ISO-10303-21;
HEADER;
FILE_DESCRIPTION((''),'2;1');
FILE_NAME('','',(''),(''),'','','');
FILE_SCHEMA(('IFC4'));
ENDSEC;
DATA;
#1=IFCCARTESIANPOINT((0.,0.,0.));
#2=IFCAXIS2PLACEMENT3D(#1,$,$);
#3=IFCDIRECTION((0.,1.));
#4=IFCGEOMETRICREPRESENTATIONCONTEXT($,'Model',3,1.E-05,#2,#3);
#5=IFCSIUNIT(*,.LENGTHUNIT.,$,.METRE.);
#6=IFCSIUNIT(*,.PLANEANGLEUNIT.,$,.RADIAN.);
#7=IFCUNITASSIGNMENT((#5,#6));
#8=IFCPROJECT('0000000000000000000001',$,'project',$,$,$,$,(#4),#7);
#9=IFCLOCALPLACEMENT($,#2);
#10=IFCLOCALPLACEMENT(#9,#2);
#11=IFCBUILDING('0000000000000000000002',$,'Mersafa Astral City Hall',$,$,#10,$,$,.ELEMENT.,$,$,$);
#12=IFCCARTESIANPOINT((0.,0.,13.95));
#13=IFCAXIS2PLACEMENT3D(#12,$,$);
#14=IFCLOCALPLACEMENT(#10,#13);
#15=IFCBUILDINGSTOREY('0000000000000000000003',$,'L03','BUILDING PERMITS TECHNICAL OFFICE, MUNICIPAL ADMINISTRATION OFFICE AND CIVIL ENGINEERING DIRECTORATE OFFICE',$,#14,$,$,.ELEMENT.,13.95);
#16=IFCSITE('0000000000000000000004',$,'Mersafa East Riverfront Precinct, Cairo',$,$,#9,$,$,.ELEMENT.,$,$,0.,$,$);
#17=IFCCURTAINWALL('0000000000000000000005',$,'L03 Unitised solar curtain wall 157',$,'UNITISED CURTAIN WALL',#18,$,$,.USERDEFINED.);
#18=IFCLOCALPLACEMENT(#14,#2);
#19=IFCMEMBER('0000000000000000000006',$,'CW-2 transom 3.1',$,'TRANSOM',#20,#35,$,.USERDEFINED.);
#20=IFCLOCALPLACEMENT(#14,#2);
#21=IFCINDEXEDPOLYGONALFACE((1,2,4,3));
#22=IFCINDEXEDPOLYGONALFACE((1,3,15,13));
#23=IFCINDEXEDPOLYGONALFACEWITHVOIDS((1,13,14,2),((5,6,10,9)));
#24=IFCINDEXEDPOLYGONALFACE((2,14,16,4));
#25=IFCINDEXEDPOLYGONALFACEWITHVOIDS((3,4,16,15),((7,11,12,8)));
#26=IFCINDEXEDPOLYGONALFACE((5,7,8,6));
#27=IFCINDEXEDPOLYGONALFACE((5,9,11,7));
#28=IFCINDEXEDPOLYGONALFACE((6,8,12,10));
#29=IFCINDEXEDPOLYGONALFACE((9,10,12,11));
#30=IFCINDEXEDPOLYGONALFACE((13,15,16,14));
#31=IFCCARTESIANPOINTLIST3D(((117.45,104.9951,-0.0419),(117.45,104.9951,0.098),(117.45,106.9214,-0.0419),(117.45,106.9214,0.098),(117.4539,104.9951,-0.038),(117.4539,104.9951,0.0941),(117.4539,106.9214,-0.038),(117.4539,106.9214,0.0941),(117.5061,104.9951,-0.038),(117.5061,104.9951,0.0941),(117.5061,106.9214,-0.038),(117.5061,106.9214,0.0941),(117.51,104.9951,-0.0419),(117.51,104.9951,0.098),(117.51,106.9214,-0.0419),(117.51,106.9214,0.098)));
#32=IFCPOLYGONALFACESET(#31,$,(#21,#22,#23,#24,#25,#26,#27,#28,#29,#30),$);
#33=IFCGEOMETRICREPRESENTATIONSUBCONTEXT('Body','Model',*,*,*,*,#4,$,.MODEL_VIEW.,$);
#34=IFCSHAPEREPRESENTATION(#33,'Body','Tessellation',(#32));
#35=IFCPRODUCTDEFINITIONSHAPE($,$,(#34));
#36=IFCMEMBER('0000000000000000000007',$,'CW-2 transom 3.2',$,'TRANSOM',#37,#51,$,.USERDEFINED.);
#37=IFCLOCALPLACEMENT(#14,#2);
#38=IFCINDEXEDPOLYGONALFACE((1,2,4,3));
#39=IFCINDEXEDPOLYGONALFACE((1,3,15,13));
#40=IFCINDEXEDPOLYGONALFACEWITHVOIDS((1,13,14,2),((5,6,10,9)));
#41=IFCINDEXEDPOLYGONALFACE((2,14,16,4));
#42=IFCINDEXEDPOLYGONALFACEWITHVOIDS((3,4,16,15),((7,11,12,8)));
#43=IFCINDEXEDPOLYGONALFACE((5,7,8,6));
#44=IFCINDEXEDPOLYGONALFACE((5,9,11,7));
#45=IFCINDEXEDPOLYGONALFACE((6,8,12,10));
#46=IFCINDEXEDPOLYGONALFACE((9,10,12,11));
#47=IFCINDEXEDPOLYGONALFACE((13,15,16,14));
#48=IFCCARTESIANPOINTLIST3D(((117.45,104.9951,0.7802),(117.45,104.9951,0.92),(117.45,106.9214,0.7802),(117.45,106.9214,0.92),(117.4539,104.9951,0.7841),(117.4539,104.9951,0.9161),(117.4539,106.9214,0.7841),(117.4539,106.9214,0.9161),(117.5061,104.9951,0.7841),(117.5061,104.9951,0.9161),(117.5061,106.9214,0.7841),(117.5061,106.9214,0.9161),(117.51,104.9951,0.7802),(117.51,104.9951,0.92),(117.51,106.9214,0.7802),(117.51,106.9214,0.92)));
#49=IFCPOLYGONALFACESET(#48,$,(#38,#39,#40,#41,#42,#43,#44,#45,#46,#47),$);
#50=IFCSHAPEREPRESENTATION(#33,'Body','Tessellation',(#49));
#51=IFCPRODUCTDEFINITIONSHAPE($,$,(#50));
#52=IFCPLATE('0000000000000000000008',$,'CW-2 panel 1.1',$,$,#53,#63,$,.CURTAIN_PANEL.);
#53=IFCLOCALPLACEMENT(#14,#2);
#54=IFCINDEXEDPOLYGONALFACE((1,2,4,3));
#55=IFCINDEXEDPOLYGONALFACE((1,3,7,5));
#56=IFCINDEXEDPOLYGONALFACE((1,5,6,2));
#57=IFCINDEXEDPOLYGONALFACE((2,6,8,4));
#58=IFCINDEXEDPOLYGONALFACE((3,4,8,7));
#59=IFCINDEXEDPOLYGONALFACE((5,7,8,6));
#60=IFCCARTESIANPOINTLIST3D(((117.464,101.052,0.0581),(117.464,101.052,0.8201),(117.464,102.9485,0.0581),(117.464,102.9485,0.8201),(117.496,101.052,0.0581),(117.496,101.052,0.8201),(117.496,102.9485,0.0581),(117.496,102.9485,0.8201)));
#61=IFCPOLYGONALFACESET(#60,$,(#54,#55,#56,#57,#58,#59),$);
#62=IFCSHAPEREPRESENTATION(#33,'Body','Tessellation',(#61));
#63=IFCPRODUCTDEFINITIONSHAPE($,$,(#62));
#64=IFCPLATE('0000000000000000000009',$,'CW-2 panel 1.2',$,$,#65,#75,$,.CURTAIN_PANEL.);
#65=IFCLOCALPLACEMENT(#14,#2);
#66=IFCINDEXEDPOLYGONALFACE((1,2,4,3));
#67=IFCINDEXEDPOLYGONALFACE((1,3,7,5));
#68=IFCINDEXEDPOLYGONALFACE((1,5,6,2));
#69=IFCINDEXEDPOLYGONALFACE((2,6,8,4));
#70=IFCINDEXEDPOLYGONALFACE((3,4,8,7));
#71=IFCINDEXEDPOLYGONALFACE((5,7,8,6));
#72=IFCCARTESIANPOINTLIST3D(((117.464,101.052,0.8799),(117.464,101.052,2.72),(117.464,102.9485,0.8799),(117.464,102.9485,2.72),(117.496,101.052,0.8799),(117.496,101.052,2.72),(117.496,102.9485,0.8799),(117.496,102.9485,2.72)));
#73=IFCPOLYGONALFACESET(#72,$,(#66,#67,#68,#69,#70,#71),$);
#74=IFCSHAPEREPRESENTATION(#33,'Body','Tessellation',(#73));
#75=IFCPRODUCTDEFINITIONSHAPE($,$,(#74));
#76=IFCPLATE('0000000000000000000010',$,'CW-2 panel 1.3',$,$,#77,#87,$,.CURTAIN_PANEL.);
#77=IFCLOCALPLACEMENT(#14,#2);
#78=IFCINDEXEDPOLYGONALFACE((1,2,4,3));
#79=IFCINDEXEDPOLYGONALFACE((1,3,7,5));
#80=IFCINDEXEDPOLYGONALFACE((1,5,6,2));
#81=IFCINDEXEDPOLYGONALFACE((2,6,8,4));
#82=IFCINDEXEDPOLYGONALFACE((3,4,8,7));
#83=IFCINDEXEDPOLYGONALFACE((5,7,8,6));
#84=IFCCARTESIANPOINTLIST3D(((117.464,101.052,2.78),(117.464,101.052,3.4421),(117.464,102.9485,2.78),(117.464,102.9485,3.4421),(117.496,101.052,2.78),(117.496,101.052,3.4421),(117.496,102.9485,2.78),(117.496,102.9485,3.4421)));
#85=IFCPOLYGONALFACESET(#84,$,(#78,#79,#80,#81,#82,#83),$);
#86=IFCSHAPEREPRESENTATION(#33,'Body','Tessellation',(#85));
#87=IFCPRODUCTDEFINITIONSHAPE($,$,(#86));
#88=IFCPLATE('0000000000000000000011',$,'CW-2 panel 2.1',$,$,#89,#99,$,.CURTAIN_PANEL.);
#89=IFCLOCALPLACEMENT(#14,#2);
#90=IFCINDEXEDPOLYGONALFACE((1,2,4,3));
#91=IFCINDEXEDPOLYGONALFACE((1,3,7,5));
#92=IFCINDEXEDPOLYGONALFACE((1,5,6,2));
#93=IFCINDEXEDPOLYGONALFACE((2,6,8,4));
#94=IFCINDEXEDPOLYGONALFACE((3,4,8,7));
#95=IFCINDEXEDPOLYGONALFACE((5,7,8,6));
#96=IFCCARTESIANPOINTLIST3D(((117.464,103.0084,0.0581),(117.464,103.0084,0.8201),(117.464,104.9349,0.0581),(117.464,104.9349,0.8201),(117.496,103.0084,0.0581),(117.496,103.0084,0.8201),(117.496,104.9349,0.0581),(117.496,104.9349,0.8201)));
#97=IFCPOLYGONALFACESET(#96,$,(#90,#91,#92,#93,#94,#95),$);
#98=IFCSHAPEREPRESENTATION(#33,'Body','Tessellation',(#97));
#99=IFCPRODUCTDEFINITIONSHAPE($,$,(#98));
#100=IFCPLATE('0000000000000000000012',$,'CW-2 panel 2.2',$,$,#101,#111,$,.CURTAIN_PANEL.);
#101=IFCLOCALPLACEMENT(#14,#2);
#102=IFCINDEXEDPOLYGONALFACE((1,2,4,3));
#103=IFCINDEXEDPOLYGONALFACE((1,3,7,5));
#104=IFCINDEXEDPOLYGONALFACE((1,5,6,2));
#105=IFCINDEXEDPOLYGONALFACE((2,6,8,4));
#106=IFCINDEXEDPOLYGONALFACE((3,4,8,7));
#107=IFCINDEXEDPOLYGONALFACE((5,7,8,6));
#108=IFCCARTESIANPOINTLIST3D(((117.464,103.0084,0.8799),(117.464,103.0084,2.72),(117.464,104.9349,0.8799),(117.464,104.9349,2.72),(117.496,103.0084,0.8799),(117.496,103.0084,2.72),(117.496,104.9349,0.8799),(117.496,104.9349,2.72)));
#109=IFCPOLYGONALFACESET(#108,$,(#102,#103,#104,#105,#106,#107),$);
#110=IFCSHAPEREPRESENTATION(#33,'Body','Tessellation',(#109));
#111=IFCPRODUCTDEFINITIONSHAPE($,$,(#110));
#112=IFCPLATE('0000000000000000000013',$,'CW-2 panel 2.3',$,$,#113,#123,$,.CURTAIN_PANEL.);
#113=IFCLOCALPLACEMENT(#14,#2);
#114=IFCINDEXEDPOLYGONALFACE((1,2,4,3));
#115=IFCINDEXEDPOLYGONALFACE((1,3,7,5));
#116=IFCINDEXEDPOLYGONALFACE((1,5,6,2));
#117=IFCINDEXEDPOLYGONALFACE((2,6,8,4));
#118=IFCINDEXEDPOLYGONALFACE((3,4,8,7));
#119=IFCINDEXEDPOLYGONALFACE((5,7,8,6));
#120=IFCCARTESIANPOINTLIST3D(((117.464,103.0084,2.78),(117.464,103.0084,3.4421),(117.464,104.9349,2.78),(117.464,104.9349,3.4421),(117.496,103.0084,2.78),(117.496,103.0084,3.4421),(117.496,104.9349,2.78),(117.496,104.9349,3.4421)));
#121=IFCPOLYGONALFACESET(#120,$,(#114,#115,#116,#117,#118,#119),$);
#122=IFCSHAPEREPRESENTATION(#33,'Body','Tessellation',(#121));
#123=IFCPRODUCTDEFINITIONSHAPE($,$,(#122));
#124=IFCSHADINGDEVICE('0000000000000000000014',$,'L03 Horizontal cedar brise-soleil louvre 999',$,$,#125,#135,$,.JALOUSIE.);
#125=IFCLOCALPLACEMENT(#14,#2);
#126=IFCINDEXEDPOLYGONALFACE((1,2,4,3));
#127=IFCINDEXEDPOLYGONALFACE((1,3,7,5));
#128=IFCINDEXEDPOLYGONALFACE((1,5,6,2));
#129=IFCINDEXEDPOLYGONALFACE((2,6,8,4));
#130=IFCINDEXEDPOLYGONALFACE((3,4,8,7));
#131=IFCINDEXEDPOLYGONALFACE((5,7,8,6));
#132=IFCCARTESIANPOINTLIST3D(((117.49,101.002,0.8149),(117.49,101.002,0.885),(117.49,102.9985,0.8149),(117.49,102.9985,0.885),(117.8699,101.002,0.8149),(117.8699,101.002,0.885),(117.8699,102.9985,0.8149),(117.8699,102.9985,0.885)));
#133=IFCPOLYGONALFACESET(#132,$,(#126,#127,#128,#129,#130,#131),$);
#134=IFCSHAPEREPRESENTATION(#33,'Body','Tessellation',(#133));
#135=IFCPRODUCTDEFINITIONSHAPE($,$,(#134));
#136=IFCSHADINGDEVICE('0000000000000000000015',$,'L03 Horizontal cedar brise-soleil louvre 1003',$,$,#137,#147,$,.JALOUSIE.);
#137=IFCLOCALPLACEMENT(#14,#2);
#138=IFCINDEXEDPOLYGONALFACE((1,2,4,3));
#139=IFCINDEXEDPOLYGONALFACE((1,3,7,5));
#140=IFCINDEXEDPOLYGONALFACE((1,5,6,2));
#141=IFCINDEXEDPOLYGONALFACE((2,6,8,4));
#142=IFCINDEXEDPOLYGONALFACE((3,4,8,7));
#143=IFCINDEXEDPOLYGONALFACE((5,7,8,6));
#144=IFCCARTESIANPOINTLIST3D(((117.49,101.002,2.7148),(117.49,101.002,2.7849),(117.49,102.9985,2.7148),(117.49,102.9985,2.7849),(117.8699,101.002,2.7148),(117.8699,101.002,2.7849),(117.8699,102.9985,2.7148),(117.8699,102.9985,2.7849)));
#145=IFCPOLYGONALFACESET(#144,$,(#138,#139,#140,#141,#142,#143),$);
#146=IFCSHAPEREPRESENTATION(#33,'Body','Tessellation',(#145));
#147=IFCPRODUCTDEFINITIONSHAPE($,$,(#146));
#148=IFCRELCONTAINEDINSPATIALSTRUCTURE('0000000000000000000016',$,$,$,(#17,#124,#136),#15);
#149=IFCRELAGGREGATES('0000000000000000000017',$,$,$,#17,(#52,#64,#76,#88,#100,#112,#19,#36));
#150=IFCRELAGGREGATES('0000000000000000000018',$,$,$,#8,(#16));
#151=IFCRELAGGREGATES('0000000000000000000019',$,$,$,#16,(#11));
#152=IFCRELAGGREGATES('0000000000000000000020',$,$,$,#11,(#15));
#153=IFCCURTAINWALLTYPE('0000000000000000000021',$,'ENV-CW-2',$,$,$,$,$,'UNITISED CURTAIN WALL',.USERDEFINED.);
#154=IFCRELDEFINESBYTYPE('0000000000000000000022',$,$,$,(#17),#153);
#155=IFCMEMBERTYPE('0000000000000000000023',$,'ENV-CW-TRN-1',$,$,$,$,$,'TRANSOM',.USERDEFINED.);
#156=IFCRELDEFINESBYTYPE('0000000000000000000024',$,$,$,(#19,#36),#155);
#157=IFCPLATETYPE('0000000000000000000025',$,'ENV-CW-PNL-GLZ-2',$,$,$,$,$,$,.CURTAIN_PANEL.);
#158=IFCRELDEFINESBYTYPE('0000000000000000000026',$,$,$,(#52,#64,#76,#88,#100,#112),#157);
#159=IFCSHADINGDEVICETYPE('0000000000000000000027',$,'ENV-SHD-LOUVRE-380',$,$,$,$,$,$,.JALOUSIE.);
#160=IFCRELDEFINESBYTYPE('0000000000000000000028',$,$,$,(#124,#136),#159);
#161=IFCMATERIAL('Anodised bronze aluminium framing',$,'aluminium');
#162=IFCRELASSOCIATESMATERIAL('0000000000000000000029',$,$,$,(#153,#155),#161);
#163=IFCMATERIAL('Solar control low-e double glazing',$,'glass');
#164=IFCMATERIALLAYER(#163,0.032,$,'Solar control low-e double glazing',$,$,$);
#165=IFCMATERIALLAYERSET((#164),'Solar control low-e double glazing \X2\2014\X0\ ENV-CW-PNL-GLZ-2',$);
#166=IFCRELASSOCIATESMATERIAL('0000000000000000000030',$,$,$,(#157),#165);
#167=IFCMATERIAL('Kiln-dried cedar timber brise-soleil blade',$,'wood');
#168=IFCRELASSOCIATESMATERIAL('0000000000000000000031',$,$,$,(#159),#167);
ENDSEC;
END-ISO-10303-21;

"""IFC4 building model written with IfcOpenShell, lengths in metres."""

from ifc_helpers import new_model, si_unit, direction, frame, origin, origin_2d, place, context, subcontext, project, spatial, rectangle, hollow_rectangle, extrude, material, layer, layer_set, material_profile, profile_set, type_object, element, aggregate, save


model = new_model("IFC4")

# Units and contexts
model_context = context("Model", 3, precision=1e-05, world=origin(), true_north=direction((0.0, 1.0)))
body_context = subcontext(model_context, "Body", "Model", "MODEL_VIEW")
ifc_project = project(units=[si_unit("LENGTHUNIT", "METRE"), si_unit("PLANEANGLEUNIT", "RADIAN")], contexts=[model_context])

# Site, building, storey
site_placement = place(None, origin())
site = spatial("IfcSite", under=ifc_project, at=site_placement, Name="Mersafa East Riverfront Precinct, Cairo", CompositionType="ELEMENT", RefElevation=0.0)
building_placement = place(site_placement, origin())
building = spatial("IfcBuilding", under=site, at=building_placement, Name="Mersafa Astral City Hall", CompositionType="ELEMENT")
storey_placement = place(building_placement, frame((0.0, 0.0, 13.95)))
storey = spatial("IfcBuildingStorey", under=building, at=storey_placement, Name="L03", Description="BUILDING PERMITS TECHNICAL OFFICE, MUNICIPAL ADMINISTRATION OFFICE AND CIVIL ENGINEERING DIRECTORATE OFFICE", CompositionType="ELEMENT", Elevation=13.95)

# Curtain wall, members, plates
ifc_material_1 = material(Name="Anodised bronze aluminium framing", Category="aluminium")
curtain_wall_type = type_object("IfcCurtainWallType", Name="ENV-CW-2", ElementType="UNITISED CURTAIN WALL", PredefinedType="USERDEFINED", material=ifc_material_1)
curtain_wall_placement = place(storey_placement, origin())
curtain_wall = element("IfcCurtainWall", 1, at=curtain_wall_placement, inside=storey, type_object=curtain_wall_type, Name="L03 Unitised solar curtain wall 157", ObjectType="UNITISED CURTAIN WALL", PredefinedType="USERDEFINED")
ifc_material_profile_1 = material_profile(ifc_material_1, hollow_rectangle(XDim=0.0601, YDim=0.1399, WallThickness=0.0039, at=origin_2d()), Name="RHS 60x140x4")
ifc_profile_set_1 = profile_set([ifc_material_profile_1], Name="Anodised bronze aluminium framing")
member_type_1 = type_object("IfcMemberType", Name="ENV-CW-TRN-1", ElementType="TRANSOM", PredefinedType="USERDEFINED", material=ifc_profile_set_1)
member_1_placement = place(storey_placement, frame((117.48, 104.9951, 0.0281), z_axis=(0.0, 1.0, 0.0), x_axis=(-1.0, 0.0, 0.0)))
member_1 = element("IfcMember", 2, at=member_1_placement, type_object=member_type_1, Name="CW-2 transom 3.1", ObjectType="TRANSOM", PredefinedType="USERDEFINED", context=body_context, shape_type="SweptSolid", body=[
    extrude(hollow_rectangle(XDim=0.0601, YDim=0.1399, WallThickness=0.0039, at=origin_2d()), origin(), (0.0, 0.0, 1.0), 1.9263),
])
member_2_placement = place(storey_placement, frame((117.48, 104.9951, 0.8501), z_axis=(0.0, 1.0, 0.0), x_axis=(-1.0, 0.0, 0.0)))
member_2 = element("IfcMember", 3, at=member_2_placement, type_object=member_type_1, Name="CW-2 transom 3.2", ObjectType="TRANSOM", PredefinedType="USERDEFINED", context=body_context, shape_type="SweptSolid", body=[
    extrude(hollow_rectangle(XDim=0.0601, YDim=0.1399, WallThickness=0.0039, at=origin_2d()), origin(), (0.0, 0.0, 1.0), 1.9263),
])
ifc_material_2 = material(Name="Solar control low-e double glazing", Category="glass")
ifc_layer = layer(ifc_material_2, 0.032, Name="Solar control low-e double glazing")
ifc_layer_set = layer_set([ifc_layer], Name="Solar control low-e double glazing — ENV-CW-PNL-GLZ-2")
plate_type = type_object("IfcPlateType", Name="ENV-CW-PNL-GLZ-2", PredefinedType="CURTAIN_PANEL", material=ifc_layer_set)
plate_1_placement = place(storey_placement, frame((117.48, 102.0002, 0.0581), z_axis=(0.0, 0.0, 1.0), x_axis=(0.0, 1.0, 0.0)))
plate_1 = element("IfcPlate", 4, at=plate_1_placement, type_object=plate_type, Name="CW-2 panel 1.1", PredefinedType="CURTAIN_PANEL", context=body_context, shape_type="SweptSolid", body=[
    extrude(rectangle(XDim=1.8965, YDim=0.032, at=origin_2d()), origin(), (0.0, 0.0, 1.0), 0.762),
])
plate_2_placement = place(storey_placement, frame((117.48, 102.0002, 0.8799), z_axis=(0.0, 0.0, 1.0), x_axis=(0.0, 1.0, 0.0)))
plate_2 = element("IfcPlate", 5, at=plate_2_placement, type_object=plate_type, Name="CW-2 panel 1.2", PredefinedType="CURTAIN_PANEL", context=body_context, shape_type="SweptSolid", body=[
    extrude(rectangle(XDim=1.8965, YDim=0.032, at=origin_2d()), origin(), (0.0, 0.0, 1.0), 1.8401),
])
plate_3_placement = place(storey_placement, frame((117.48, 102.0002, 2.78), z_axis=(0.0, 0.0, 1.0), x_axis=(0.0, 1.0, 0.0)))
plate_3 = element("IfcPlate", 6, at=plate_3_placement, type_object=plate_type, Name="CW-2 panel 1.3", PredefinedType="CURTAIN_PANEL", context=body_context, shape_type="SweptSolid", body=[
    extrude(rectangle(XDim=1.8965, YDim=0.032, at=origin_2d()), origin(), (0.0, 0.0, 1.0), 0.6621),
])
plate_4_placement = place(storey_placement, frame((117.48, 103.9717, 0.0581), z_axis=(0.0, 0.0, 1.0), x_axis=(0.0, 1.0, 0.0)))
plate_4 = element("IfcPlate", 7, at=plate_4_placement, type_object=plate_type, Name="CW-2 panel 2.1", PredefinedType="CURTAIN_PANEL", context=body_context, shape_type="SweptSolid", body=[
    extrude(rectangle(XDim=1.9265, YDim=0.032, at=origin_2d()), origin(), (0.0, 0.0, 1.0), 0.762),
])
plate_5_placement = place(storey_placement, frame((117.48, 103.9717, 0.8799), z_axis=(0.0, 0.0, 1.0), x_axis=(0.0, 1.0, 0.0)))
plate_5 = element("IfcPlate", 8, at=plate_5_placement, type_object=plate_type, Name="CW-2 panel 2.2", PredefinedType="CURTAIN_PANEL", context=body_context, shape_type="SweptSolid", body=[
    extrude(rectangle(XDim=1.9265, YDim=0.032, at=origin_2d()), origin(), (0.0, 0.0, 1.0), 1.8401),
])
plate_6_placement = place(storey_placement, frame((117.48, 103.9717, 2.78), z_axis=(0.0, 0.0, 1.0), x_axis=(0.0, 1.0, 0.0)))
plate_6 = element("IfcPlate", 9, at=plate_6_placement, type_object=plate_type, Name="CW-2 panel 2.3", PredefinedType="CURTAIN_PANEL", context=body_context, shape_type="SweptSolid", body=[
    extrude(rectangle(XDim=1.9265, YDim=0.032, at=origin_2d()), origin(), (0.0, 0.0, 1.0), 0.6621),
])
aggregate(curtain_wall, [plate_1, plate_2, plate_3, plate_4, plate_5, plate_6, member_1, member_2])

# Shading devices
ifc_material_3 = material(Name="Kiln-dried cedar timber brise-soleil blade", Category="wood")
shading_device_type = type_object("IfcShadingDeviceType", Name="ENV-SHD-LOUVRE-380", PredefinedType="JALOUSIE", material=ifc_material_3)
for number, where, z_axis, x_axis, name in (
    (10, (117.6799, 102.0002, 0.8149), (0.0, 0.0, 1.0), (0.0, 1.0, 0.0), "L03 Horizontal cedar brise-soleil louvre 999"),
    (11, (117.6799, 102.0002, 2.7148), (0.0, 0.0, 1.0), (0.0, 1.0, 0.0), "L03 Horizontal cedar brise-soleil louvre 1003"),
):
    element("IfcShadingDevice", number, at=place(storey_placement, frame(where, z_axis=z_axis, x_axis=x_axis)), inside=storey, type_object=shading_device_type, Name=name, PredefinedType="JALOUSIE", context=body_context, shape_type="SweptSolid", body=[
        extrude(rectangle(XDim=1.9966, YDim=0.3799, at=origin_2d()), origin(), (0.0, 0.0, 1.0), 0.0701),
    ])

save(model, "model.ifc")
